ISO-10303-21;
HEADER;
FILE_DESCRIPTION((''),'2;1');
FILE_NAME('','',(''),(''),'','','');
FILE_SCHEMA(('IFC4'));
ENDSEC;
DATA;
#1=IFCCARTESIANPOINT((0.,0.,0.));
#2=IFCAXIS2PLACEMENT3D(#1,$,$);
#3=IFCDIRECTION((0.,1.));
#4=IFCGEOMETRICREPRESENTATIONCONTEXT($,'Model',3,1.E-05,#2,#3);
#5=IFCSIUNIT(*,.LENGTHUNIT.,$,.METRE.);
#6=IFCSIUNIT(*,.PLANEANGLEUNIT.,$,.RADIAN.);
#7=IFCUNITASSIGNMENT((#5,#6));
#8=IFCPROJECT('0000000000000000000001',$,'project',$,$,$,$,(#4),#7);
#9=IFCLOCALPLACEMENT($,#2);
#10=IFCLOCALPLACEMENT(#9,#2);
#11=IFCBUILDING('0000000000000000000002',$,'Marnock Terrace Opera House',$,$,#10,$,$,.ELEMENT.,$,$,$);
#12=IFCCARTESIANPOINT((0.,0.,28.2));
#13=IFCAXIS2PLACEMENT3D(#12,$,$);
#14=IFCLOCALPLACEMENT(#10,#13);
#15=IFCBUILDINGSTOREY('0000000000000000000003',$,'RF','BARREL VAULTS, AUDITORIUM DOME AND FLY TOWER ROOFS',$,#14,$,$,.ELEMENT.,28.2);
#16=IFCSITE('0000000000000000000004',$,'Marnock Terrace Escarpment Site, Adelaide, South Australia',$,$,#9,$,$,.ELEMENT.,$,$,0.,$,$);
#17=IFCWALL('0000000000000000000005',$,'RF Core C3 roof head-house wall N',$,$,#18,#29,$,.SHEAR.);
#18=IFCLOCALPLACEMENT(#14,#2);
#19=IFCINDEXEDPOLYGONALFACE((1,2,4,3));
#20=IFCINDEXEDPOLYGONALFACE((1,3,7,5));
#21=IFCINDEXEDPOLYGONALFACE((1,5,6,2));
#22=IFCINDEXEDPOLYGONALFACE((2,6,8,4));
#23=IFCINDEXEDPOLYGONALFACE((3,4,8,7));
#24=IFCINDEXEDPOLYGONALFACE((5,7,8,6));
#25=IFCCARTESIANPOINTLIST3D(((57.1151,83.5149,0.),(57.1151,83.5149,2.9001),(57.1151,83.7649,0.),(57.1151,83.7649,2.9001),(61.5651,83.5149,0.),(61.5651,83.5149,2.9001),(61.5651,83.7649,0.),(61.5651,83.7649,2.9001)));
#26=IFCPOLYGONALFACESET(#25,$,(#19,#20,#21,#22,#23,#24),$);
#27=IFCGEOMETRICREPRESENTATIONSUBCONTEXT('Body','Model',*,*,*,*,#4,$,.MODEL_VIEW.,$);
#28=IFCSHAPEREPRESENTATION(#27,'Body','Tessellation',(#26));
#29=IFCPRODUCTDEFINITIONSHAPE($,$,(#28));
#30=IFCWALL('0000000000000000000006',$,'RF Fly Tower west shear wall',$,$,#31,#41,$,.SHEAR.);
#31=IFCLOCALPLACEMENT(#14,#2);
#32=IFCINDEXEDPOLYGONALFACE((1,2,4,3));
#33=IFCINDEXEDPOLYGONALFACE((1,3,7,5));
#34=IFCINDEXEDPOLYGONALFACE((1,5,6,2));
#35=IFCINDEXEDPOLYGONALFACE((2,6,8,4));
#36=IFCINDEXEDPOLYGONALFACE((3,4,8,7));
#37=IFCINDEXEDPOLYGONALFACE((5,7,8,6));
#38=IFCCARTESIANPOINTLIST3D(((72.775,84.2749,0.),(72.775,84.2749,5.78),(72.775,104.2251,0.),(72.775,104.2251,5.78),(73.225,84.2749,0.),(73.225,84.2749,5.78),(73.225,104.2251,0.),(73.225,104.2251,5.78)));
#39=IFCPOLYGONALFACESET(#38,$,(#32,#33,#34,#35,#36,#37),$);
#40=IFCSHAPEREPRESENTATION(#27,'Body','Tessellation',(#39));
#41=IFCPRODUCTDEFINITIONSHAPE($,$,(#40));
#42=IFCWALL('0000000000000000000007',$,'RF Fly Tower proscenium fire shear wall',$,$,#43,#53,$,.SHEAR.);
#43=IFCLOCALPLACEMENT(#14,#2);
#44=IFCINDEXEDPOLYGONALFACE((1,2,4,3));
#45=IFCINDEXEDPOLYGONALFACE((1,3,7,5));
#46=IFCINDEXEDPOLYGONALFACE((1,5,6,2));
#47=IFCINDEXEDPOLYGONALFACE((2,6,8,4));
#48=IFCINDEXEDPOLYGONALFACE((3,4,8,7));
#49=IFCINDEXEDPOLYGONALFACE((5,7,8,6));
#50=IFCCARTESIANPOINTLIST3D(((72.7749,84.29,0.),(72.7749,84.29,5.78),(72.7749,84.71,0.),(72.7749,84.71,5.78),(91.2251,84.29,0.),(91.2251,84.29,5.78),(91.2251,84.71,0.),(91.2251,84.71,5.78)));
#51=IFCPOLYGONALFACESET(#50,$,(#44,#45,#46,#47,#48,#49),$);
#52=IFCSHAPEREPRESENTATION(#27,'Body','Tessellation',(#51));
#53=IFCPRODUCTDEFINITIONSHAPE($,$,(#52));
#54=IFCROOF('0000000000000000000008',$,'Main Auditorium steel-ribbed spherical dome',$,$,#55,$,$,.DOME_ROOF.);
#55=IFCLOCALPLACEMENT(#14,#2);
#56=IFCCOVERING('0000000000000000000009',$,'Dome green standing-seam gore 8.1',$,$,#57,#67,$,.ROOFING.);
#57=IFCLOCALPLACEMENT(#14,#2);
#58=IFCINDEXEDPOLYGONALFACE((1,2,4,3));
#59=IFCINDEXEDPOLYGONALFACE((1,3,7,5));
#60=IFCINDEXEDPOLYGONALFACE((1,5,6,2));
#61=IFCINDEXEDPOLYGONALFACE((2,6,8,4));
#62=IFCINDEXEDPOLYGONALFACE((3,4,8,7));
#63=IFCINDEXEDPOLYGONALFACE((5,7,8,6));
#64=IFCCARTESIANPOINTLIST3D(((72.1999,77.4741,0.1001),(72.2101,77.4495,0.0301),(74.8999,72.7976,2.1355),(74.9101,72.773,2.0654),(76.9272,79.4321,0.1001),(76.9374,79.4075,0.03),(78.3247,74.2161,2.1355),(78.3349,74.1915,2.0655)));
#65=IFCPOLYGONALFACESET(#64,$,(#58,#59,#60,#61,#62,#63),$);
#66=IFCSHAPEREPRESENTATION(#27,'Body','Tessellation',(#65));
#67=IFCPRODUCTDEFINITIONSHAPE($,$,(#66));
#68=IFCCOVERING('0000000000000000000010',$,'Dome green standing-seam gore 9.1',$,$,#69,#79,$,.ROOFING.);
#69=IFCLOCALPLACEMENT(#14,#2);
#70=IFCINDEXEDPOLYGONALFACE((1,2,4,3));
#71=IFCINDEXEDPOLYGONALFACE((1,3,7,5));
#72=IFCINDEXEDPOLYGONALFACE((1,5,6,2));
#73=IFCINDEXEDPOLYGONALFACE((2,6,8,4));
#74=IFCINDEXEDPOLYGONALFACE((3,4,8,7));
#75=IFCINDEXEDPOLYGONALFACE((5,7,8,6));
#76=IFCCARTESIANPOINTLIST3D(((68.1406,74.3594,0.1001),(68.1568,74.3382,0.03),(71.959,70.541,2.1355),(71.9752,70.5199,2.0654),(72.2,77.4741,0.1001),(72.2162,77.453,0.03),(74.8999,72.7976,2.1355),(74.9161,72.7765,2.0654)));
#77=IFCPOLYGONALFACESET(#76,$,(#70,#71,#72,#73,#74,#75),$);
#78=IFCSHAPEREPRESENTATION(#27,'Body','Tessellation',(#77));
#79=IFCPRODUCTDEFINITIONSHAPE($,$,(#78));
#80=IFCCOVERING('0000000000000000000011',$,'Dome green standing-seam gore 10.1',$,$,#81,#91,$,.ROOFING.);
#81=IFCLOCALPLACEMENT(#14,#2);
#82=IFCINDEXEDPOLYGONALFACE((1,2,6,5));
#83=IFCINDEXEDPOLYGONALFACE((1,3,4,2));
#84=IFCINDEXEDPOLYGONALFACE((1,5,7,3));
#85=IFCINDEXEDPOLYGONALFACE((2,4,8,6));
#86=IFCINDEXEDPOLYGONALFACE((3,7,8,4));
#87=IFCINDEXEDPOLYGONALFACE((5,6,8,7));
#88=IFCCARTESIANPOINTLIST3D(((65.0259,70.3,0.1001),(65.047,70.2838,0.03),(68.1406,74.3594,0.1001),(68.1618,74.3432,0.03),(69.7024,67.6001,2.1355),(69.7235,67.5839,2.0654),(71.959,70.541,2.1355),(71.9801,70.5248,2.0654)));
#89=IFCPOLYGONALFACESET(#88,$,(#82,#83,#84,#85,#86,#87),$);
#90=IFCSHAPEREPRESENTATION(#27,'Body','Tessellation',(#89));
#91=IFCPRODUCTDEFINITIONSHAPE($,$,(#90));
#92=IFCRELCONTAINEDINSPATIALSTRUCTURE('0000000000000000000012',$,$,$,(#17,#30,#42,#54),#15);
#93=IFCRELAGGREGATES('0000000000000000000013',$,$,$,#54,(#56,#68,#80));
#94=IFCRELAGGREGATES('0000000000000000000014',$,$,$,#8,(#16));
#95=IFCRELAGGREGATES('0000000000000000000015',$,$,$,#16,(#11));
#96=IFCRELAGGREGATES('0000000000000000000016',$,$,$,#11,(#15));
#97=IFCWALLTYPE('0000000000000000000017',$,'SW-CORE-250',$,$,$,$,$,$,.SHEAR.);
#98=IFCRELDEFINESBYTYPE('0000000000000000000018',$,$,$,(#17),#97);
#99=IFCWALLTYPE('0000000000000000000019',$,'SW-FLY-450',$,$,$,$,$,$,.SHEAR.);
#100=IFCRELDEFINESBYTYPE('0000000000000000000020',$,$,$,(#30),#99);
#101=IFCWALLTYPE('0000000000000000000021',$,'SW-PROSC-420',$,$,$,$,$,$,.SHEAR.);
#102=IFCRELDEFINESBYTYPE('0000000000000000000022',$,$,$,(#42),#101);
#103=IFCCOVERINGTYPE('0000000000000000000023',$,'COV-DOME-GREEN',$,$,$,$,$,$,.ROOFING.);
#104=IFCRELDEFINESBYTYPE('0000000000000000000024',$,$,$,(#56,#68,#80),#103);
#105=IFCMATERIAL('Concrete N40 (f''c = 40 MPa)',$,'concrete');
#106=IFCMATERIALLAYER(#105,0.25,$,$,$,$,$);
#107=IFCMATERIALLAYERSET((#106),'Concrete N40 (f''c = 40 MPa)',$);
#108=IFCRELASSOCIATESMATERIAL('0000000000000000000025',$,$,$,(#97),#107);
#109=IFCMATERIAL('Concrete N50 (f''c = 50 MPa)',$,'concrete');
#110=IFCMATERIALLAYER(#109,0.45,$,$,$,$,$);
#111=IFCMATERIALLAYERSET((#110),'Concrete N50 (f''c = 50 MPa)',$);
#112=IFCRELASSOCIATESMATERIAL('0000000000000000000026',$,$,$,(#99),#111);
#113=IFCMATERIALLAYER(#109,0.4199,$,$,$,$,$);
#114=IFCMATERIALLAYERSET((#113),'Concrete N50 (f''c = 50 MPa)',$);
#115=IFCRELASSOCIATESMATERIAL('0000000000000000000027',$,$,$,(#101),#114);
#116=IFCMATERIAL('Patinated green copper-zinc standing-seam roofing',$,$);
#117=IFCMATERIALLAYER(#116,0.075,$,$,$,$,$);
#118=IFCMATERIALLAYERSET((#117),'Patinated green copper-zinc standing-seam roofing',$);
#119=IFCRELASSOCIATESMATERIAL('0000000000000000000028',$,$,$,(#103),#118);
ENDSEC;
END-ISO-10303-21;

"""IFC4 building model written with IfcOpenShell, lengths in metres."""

from ifc_helpers import new_model, si_unit, direction, frame, frame_2d, origin, place, context, subcontext, project, spatial, polyline, rectangle, outline, extrude, material, layer, layer_set, type_object, element, aggregate, save


model = new_model("IFC4")

# Units and contexts
model_context = context("Model", 3, precision=1e-05, world=origin(), true_north=direction((0.0, 1.0)))
body_context = subcontext(model_context, "Body", "Model", "MODEL_VIEW")
ifc_project = project(units=[si_unit("LENGTHUNIT", "METRE"), si_unit("PLANEANGLEUNIT", "RADIAN")], contexts=[model_context])

# Site, building, storey
site_placement = place(None, origin())
site = spatial("IfcSite", under=ifc_project, at=site_placement, Name="Marnock Terrace Escarpment Site, Adelaide, South Australia", CompositionType="ELEMENT", RefElevation=0.0)
building_placement = place(site_placement, origin())
building = spatial("IfcBuilding", under=site, at=building_placement, Name="Marnock Terrace Opera House", CompositionType="ELEMENT")
storey_placement = place(building_placement, frame((0.0, 0.0, 28.2)))
storey = spatial("IfcBuildingStorey", under=building, at=storey_placement, Name="RF", Description="BARREL VAULTS, AUDITORIUM DOME AND FLY TOWER ROOFS", CompositionType="ELEMENT", Elevation=28.2)

# Shared definitions
ifc_material_1 = material(Name="Concrete N50 (f'c = 50 MPa)", Category="concrete")

# Walls
ifc_material_2 = material(Name="Concrete N40 (f'c = 40 MPa)", Category="concrete")
ifc_layer_1 = layer(ifc_material_2, 0.25)
ifc_layer_set_1 = layer_set([ifc_layer_1], Name="Concrete N40 (f'c = 40 MPa)")
wall_type_1 = type_object("IfcWallType", Name="SW-CORE-250", PredefinedType="SHEAR", material=ifc_layer_set_1)
wall_1_placement = place(storey_placement, frame((57.115, 83.6399, 0.0), z_axis=(0.0, 0.0, 1.0), x_axis=(1.0, 0.0, 0.0)))
element("IfcWall", 1, at=wall_1_placement, inside=storey, type_object=wall_type_1, Name="RF Core C3 roof head-house wall N", PredefinedType="SHEAR", context=body_context, shape_type="SweptSolid", body=[
    extrude(rectangle(XDim=4.45, YDim=0.25, at=frame_2d((2.2251, 0.0))), origin(), (0.0, 0.0, 1.0), 2.9001),
])
ifc_layer_2 = layer(ifc_material_1, 0.45)
ifc_layer_set_2 = layer_set([ifc_layer_2], Name="Concrete N50 (f'c = 50 MPa)")
wall_type_2 = type_object("IfcWallType", Name="SW-FLY-450", PredefinedType="SHEAR", material=ifc_layer_set_2)
wall_2_placement = place(storey_placement, frame((73.0, 84.2749, 0.0), z_axis=(0.0, 0.0, 1.0), x_axis=(0.0, 1.0, 0.0)))
element("IfcWall", 2, at=wall_2_placement, inside=storey, type_object=wall_type_2, Name="RF Fly Tower west shear wall", PredefinedType="SHEAR", context=body_context, shape_type="SweptSolid", body=[
    extrude(rectangle(XDim=19.9502, YDim=0.45, at=frame_2d((9.9751, 0.0))), origin(), (0.0, 0.0, 1.0), 5.78),
])
ifc_layer_3 = layer(ifc_material_1, 0.4199)
ifc_layer_set_3 = layer_set([ifc_layer_3], Name="Concrete N50 (f'c = 50 MPa)")
wall_type_3 = type_object("IfcWallType", Name="SW-PROSC-420", PredefinedType="SHEAR", material=ifc_layer_set_3)
wall_3_placement = place(storey_placement, frame((72.7749, 84.5, 0.0), z_axis=(0.0, 0.0, 1.0), x_axis=(1.0, 0.0, 0.0)))
element("IfcWall", 3, at=wall_3_placement, inside=storey, type_object=wall_type_3, Name="RF Fly Tower proscenium fire shear wall", PredefinedType="SHEAR", context=body_context, shape_type="SweptSolid", body=[
    extrude(rectangle(XDim=18.4502, YDim=0.4199, at=frame_2d((9.2251, 0.0))), origin(), (0.0, 0.0, 1.0), 5.78),
])

# Roof, coverings
roof_placement = place(storey_placement, origin())
roof = element("IfcRoof", 4, at=roof_placement, inside=storey, Name="Main Auditorium steel-ribbed spherical dome", PredefinedType="DOME_ROOF")
ifc_material_3 = material(Name="Patinated green copper-zinc standing-seam roofing")
ifc_layer_4 = layer(ifc_material_3, 0.075)
ifc_layer_set_4 = layer_set([ifc_layer_4], Name="Patinated green copper-zinc standing-seam roofing")
covering_type = type_object("IfcCoveringType", Name="COV-DOME-GREEN", PredefinedType="ROOFING", material=ifc_layer_set_4)
covering_1_placement = place(storey_placement, frame((76.9272, 79.4321, 0.1001), z_axis=(-0.135984, 0.328318, 0.934728), x_axis=(-0.923887, -0.382666, 0.000002)))
covering_1 = element("IfcCovering", 5, at=covering_1_placement, type_object=covering_type, Name="Dome green standing-seam gore 8.1", PredefinedType="ROOFING", context=body_context, shape_type="SweptSolid", body=[
    extrude(outline(polyline([(0.0, 0.0), (5.1167, 0.0), (4.4118, 5.7276), (0.7049, 5.7277), (0.0, 0.0)])), origin(), (0.0, 0.0, -1.0), 0.075),
])
covering_2_placement = place(storey_placement, frame((72.2, 77.4741, 0.1001), z_axis=(-0.216329, 0.281933, 0.934727), x_axis=(-0.793361, -0.608751, 0.0)))
covering_2 = element("IfcCovering", 6, at=covering_2_placement, type_object=covering_type, Name="Dome green standing-seam gore 9.1", PredefinedType="ROOFING", context=body_context, shape_type="SweptSolid", body=[
    extrude(outline(polyline([(0.0, 0.0), (5.1166, 0.0), (4.4117, 5.7276), (0.7048, 5.7276), (0.0, 0.0)])), origin(), (0.0, 0.0, -1.0), 0.075),
])
covering_3_placement = place(storey_placement, frame((68.1406, 74.3594, 0.1001), z_axis=(-0.281933, 0.216329, 0.934727), x_axis=(-0.608751, -0.793361, 0.0)))
covering_3 = element("IfcCovering", 7, at=covering_3_placement, type_object=covering_type, Name="Dome green standing-seam gore 10.1", PredefinedType="ROOFING", context=body_context, shape_type="SweptSolid", body=[
    extrude(outline(polyline([(0.0, 0.0), (5.1166, 0.0), (4.4118, 5.7276), (0.7049, 5.7276), (0.0, 0.0)])), origin(), (0.0, 0.0, -1.0), 0.075),
])
aggregate(roof, [covering_1, covering_2, covering_3])

save(model, "model.ifc")
